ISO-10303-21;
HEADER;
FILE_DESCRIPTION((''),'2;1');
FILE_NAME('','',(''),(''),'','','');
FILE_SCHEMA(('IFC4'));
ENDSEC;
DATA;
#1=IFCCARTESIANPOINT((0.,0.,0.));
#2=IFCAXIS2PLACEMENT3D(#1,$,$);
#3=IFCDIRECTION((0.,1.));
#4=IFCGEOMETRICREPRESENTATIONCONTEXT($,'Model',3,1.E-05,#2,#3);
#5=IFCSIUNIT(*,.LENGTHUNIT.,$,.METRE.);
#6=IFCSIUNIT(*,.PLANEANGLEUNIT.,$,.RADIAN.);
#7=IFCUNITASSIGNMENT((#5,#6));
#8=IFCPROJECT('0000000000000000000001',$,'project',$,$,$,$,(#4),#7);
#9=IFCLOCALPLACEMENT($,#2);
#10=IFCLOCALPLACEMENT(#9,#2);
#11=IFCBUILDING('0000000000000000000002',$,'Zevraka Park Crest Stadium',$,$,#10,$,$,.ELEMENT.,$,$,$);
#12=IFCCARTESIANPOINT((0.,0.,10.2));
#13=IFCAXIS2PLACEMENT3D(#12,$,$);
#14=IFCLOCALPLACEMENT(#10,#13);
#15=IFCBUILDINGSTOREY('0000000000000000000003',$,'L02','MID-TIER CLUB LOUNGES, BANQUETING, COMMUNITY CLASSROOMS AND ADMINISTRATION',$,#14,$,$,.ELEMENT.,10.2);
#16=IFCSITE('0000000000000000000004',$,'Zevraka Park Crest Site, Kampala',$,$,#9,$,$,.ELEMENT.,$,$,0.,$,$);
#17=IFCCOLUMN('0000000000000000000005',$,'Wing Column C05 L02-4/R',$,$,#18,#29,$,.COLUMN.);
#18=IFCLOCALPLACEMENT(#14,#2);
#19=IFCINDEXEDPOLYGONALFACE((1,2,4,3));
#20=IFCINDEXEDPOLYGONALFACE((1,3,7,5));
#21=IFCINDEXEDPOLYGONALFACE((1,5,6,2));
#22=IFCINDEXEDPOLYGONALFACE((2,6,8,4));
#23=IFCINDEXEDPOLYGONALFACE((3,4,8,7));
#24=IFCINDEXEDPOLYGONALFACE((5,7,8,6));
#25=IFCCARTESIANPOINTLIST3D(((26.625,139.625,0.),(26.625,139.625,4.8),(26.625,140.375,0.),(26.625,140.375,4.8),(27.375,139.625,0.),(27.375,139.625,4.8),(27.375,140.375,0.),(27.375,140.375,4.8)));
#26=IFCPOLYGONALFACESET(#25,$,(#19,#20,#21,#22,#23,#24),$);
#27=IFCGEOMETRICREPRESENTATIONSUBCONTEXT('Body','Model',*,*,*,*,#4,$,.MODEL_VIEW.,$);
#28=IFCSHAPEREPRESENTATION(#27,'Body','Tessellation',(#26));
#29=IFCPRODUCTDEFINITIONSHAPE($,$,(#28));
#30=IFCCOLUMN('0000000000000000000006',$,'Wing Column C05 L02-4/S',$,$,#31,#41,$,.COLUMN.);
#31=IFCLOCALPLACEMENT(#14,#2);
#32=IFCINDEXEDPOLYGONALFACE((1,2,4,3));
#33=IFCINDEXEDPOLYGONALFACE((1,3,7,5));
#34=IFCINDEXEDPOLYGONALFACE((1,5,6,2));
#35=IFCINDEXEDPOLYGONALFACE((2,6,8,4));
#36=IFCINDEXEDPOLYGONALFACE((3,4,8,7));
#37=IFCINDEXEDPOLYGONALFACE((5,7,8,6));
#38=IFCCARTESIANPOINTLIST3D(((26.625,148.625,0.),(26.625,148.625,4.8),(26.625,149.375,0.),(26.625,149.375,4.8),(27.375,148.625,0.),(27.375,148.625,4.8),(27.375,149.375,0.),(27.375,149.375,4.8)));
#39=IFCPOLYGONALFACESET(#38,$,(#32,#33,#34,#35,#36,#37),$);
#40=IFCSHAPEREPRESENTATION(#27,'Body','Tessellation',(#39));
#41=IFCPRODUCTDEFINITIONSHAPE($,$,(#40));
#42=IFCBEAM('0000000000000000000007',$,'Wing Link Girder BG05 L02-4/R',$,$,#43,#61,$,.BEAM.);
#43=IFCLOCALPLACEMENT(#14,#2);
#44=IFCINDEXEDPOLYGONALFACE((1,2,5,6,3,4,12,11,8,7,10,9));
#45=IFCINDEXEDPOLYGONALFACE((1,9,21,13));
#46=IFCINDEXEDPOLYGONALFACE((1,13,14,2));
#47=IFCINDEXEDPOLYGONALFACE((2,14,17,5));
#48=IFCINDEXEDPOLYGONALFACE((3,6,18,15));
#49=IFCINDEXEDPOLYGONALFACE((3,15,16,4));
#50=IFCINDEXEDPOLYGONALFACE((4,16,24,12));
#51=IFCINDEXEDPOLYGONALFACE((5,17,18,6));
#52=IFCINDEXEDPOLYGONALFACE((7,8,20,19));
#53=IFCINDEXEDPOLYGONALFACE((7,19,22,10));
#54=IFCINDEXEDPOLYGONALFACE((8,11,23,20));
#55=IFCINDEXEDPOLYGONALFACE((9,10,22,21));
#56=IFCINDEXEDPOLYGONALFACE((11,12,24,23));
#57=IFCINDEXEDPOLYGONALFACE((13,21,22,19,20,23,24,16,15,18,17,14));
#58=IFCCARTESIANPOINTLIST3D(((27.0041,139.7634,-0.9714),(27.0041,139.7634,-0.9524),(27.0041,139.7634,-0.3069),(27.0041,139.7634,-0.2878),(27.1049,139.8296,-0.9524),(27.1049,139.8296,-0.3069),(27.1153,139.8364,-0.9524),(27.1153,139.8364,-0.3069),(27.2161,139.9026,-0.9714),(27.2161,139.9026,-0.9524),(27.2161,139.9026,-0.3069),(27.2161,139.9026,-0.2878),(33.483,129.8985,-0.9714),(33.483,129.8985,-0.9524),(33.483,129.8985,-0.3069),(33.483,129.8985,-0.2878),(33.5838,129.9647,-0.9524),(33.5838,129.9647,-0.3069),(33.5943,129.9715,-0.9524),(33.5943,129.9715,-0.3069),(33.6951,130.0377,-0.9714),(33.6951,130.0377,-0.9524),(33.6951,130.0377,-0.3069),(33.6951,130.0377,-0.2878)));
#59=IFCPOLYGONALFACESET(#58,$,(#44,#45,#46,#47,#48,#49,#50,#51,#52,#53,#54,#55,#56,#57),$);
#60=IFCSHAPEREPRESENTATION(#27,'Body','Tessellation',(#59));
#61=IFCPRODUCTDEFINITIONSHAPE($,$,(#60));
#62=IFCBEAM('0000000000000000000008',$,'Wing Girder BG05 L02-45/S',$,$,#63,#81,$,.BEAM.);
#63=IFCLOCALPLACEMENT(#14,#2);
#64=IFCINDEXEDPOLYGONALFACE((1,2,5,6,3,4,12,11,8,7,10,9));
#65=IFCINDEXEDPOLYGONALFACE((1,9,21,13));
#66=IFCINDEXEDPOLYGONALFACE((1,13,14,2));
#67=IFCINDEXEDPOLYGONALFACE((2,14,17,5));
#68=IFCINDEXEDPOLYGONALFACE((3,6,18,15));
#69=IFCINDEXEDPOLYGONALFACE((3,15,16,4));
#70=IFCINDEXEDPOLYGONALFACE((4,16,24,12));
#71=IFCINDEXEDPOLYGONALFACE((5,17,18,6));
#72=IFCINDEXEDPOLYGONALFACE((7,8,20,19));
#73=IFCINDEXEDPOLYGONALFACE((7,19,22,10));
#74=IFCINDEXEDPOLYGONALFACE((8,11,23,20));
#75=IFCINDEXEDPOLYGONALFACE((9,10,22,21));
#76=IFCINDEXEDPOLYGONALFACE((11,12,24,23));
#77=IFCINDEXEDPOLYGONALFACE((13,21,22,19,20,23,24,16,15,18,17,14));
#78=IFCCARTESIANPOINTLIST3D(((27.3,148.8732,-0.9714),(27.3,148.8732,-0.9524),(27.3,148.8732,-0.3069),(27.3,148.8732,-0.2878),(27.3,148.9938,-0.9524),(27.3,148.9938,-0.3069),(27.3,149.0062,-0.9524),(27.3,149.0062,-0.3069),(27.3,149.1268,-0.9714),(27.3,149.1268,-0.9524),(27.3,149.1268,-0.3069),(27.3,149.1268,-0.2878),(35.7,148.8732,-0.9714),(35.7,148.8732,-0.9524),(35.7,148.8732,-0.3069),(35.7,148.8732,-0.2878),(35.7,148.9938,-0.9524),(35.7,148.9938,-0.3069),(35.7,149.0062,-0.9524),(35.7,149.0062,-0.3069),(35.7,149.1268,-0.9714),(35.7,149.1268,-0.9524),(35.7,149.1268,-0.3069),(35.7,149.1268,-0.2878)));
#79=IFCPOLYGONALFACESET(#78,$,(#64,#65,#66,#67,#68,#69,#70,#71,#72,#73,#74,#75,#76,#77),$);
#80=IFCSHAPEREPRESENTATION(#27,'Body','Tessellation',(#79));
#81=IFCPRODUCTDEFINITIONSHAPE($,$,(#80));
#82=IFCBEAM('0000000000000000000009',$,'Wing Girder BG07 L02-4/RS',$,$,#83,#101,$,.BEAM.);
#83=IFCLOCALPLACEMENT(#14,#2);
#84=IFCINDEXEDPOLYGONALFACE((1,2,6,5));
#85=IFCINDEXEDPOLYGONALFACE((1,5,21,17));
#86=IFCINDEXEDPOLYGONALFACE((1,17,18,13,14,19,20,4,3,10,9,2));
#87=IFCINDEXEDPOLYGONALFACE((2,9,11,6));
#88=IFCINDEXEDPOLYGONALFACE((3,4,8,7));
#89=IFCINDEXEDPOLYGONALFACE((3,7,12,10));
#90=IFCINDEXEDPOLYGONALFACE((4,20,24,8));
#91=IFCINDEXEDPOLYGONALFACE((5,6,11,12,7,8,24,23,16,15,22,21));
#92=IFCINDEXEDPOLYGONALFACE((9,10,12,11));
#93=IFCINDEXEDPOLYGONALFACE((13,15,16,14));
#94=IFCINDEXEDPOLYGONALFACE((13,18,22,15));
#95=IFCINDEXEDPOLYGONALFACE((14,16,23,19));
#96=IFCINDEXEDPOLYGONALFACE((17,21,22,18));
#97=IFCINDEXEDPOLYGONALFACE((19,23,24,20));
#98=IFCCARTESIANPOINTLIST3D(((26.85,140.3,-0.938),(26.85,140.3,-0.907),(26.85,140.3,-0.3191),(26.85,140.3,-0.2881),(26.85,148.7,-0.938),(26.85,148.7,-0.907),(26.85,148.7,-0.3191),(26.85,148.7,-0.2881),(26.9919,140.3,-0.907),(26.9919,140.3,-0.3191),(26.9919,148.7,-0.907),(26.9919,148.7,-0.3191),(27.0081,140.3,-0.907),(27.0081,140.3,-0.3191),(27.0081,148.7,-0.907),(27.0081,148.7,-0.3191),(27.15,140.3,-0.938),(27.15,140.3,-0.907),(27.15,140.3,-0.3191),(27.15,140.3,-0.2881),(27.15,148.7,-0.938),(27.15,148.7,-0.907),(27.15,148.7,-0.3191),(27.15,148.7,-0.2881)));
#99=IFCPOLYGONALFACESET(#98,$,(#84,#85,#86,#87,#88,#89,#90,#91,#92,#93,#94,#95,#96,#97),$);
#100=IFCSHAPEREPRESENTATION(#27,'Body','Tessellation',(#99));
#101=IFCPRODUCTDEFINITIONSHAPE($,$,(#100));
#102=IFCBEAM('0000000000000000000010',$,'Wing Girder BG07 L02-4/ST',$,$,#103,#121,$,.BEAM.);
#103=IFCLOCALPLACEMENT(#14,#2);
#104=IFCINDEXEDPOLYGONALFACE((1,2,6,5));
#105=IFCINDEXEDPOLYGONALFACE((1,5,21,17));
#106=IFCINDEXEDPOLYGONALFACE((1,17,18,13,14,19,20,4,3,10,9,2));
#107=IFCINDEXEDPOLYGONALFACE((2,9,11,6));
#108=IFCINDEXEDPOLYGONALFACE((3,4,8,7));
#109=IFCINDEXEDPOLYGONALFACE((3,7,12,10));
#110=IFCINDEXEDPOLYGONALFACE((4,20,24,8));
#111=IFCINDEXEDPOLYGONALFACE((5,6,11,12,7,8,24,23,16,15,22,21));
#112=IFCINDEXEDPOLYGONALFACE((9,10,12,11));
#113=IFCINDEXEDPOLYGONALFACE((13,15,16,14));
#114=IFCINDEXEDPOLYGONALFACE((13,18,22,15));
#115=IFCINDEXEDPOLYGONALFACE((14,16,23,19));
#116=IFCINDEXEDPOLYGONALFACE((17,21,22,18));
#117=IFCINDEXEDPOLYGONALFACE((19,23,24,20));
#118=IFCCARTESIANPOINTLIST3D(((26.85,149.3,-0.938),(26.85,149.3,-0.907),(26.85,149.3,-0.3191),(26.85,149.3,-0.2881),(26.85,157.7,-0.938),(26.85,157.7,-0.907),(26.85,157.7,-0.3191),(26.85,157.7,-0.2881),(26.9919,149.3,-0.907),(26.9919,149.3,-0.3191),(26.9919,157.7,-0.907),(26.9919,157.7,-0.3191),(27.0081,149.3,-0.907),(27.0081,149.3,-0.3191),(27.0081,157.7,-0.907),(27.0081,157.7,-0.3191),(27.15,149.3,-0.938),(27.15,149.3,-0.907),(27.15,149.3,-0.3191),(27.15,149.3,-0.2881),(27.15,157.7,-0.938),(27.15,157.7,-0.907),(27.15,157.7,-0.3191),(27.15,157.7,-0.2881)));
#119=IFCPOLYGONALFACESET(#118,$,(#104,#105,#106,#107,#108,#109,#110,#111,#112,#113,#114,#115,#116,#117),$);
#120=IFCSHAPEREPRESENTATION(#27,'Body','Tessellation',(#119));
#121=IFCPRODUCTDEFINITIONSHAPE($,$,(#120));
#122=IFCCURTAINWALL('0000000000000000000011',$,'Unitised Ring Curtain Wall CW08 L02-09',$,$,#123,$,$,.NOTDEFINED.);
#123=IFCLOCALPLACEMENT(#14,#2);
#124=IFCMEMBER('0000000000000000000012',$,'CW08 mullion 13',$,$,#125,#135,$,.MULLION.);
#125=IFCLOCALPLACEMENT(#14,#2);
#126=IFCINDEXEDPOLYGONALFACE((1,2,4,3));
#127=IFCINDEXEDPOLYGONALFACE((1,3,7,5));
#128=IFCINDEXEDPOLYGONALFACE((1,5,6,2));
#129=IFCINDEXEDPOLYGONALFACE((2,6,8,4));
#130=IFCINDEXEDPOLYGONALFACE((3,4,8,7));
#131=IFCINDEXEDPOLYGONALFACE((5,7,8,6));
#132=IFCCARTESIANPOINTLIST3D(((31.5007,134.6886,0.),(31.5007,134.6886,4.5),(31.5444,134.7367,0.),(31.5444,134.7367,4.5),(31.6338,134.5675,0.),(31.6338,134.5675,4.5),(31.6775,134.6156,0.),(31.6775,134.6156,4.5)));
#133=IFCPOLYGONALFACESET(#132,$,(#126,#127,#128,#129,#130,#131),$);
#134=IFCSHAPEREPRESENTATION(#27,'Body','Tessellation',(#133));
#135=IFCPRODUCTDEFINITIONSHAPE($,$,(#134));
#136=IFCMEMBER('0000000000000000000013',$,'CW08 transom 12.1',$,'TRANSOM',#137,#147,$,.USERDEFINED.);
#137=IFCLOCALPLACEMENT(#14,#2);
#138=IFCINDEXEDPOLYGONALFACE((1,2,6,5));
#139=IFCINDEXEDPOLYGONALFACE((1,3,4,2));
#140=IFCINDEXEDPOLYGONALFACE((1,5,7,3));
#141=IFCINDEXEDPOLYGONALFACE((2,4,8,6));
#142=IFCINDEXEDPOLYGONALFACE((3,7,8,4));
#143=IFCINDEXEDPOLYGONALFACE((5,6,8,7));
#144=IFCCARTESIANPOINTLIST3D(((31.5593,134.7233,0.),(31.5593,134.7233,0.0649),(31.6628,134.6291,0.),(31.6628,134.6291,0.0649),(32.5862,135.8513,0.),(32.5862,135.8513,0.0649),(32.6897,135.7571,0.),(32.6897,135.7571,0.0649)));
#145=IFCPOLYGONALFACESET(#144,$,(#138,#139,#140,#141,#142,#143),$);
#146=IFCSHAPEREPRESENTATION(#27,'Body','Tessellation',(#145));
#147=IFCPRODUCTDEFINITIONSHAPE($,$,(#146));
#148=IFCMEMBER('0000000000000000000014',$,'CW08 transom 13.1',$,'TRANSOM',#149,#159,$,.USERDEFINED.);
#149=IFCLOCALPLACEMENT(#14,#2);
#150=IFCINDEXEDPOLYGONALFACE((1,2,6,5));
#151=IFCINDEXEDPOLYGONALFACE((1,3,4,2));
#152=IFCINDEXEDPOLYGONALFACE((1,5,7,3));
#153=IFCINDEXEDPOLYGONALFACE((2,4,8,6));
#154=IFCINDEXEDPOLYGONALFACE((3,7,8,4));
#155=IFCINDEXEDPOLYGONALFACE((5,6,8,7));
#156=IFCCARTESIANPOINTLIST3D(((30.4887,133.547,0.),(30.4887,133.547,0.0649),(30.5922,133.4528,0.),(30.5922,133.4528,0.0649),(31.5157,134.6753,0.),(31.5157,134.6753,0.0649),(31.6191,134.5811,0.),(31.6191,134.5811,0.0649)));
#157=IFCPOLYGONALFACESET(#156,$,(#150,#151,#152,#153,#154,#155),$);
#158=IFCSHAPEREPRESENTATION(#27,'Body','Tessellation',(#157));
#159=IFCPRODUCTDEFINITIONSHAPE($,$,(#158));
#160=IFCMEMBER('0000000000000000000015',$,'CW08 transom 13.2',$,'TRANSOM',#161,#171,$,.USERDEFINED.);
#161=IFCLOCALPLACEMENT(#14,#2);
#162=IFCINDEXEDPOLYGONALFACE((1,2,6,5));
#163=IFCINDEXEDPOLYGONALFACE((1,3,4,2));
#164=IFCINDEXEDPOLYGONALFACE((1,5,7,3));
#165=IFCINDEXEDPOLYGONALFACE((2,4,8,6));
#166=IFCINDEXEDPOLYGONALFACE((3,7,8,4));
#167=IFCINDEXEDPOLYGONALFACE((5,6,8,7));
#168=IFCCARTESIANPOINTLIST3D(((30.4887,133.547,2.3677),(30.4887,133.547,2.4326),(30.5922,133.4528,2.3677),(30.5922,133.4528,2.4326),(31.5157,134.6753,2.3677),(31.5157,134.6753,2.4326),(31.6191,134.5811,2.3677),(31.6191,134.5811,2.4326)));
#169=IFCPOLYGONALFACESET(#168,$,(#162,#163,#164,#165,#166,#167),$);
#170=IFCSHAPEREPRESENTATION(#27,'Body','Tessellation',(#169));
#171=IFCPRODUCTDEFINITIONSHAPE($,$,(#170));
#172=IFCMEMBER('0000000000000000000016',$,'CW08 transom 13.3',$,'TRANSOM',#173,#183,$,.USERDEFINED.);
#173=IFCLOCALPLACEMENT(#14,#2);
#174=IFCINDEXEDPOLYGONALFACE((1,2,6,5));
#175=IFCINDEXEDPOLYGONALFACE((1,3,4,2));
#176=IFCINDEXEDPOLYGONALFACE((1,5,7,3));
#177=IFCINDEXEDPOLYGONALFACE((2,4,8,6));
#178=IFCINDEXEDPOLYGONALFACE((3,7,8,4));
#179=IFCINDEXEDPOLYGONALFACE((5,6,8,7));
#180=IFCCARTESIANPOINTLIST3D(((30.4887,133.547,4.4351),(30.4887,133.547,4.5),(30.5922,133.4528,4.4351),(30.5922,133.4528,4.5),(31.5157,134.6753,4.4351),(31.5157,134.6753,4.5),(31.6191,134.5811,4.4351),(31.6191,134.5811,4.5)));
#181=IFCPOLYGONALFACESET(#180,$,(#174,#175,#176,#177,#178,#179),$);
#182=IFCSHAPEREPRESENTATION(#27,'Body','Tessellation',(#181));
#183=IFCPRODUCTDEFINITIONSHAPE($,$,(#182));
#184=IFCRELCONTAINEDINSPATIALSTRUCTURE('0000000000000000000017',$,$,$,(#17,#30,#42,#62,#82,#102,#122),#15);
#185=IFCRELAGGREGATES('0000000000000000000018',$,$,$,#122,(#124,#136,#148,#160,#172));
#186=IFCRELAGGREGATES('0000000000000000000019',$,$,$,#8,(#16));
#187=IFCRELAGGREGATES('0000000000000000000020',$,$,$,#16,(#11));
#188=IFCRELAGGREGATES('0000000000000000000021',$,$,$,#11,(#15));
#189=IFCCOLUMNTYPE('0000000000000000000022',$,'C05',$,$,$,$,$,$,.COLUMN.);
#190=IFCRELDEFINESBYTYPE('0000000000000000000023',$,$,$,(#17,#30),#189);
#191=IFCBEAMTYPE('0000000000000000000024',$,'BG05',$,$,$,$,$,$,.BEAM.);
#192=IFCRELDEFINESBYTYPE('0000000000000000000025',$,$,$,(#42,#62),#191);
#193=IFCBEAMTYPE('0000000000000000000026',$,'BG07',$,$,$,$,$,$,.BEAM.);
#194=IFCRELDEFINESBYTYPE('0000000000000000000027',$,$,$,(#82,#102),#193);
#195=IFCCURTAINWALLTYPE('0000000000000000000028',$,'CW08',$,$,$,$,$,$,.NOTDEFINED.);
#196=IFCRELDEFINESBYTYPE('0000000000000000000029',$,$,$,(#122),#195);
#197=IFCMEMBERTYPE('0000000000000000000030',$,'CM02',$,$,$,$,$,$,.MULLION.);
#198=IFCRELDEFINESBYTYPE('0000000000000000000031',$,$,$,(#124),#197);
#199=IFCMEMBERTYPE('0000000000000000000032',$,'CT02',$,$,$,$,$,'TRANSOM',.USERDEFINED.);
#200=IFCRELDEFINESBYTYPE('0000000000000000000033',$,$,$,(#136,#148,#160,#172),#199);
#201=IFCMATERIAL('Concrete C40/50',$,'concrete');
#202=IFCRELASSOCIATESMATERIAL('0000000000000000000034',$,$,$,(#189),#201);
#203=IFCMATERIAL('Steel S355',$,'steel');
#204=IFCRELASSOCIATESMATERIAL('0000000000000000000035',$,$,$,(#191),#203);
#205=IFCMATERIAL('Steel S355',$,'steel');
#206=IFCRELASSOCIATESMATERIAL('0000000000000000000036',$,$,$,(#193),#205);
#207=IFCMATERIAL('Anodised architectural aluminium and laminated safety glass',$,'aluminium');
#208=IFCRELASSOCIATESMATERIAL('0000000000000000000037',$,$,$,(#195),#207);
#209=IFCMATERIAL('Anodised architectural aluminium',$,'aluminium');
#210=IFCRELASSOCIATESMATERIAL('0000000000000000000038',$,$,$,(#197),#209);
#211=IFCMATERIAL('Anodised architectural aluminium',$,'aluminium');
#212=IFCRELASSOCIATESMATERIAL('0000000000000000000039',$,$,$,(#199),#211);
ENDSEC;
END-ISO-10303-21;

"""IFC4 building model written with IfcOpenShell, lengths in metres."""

from ifc_helpers import new_model, si_unit, direction, frame, origin, origin_2d, place, context, subcontext, project, spatial, rectangle, i_section, extrude, material, material_profile, profile_set, type_object, element, aggregate, save


model = new_model("IFC4")

# Units and contexts
model_context = context("Model", 3, precision=1e-05, world=origin(), true_north=direction((0.0, 1.0)))
body_context = subcontext(model_context, "Body", "Model", "MODEL_VIEW")
ifc_project = project(units=[si_unit("LENGTHUNIT", "METRE"), si_unit("PLANEANGLEUNIT", "RADIAN")], contexts=[model_context])

# Site, building, storey
site_placement = place(None, origin())
site = spatial("IfcSite", under=ifc_project, at=site_placement, Name="Zevraka Park Crest Site, Kampala", CompositionType="ELEMENT", RefElevation=0.0)
building_placement = place(site_placement, origin())
building = spatial("IfcBuilding", under=site, at=building_placement, Name="Zevraka Park Crest Stadium", CompositionType="ELEMENT")
storey_placement = place(building_placement, frame((0.0, 0.0, 10.2)))
storey = spatial("IfcBuildingStorey", under=building, at=storey_placement, Name="L02", Description="MID-TIER CLUB LOUNGES, BANQUETING, COMMUNITY CLASSROOMS AND ADMINISTRATION", CompositionType="ELEMENT", Elevation=10.2)

# Columns
ifc_material_1 = material(Name="Concrete C40/50", Category="concrete")
ifc_material_profile_1 = material_profile(ifc_material_1, rectangle(XDim=0.75, YDim=0.75, at=origin_2d()), Name="RC 750x750")
ifc_profile_set_1 = profile_set([ifc_material_profile_1], Name="Concrete C40/50")
column_type = type_object("IfcColumnType", Name="C05", PredefinedType="COLUMN", material=ifc_profile_set_1)
for number, where, z_axis, x_axis, name in (
    (1, (27.0, 140.0, 0.0), (0.0, 0.0, 1.0), (1.0, 0.0, 0.0), "Wing Column C05 L02-4/R"),
    (2, (27.0, 149.0, 0.0), (0.0, 0.0, 1.0), (1.0, 0.0, 0.0), "Wing Column C05 L02-4/S"),
):
    element("IfcColumn", number, at=place(storey_placement, frame(where, z_axis=z_axis, x_axis=x_axis)), inside=storey, type_object=column_type, Name=name, PredefinedType="COLUMN", context=body_context, shape_type="SweptSolid", body=[
        extrude(rectangle(XDim=0.75, YDim=0.75, at=origin_2d()), origin(), (0.0, 0.0, 1.0), 4.8),
    ])

# Beams
ifc_material_2 = material(Name="Steel S355", Category="steel")
ifc_material_profile_2 = material_profile(ifc_material_2, i_section(OverallWidth=0.2537, OverallDepth=0.6836, WebThickness=0.0125, FlangeThickness=0.019, at=origin_2d()), Name="UKB 686x254x140")
ifc_profile_set_2 = profile_set([ifc_material_profile_2], Name="Steel S355")
beam_type_1 = type_object("IfcBeamType", Name="BG05", PredefinedType="BEAM", material=ifc_profile_set_2)
beam_1_placement = place(storey_placement, frame((27.1101, 139.833, -0.6296), z_axis=(0.548959, -0.835849, 0.0), x_axis=(0.835849, 0.548959, 0.0)))
element("IfcBeam", 3, at=beam_1_placement, inside=storey, type_object=beam_type_1, Name="Wing Link Girder BG05 L02-4/R", PredefinedType="BEAM", context=body_context, shape_type="SweptSolid", body=[
    extrude(i_section(OverallWidth=0.2537, OverallDepth=0.6836, WebThickness=0.0125, FlangeThickness=0.019, at=origin_2d()), origin(), (0.0, 0.0, 1.0), 11.8022),
])
beam_2_placement = place(storey_placement, frame((27.3, 149.0, -0.6296), z_axis=(1.0, 0.0, 0.0), x_axis=(0.0, 1.0, 0.0)))
element("IfcBeam", 4, at=beam_2_placement, inside=storey, type_object=beam_type_1, Name="Wing Girder BG05 L02-45/S", PredefinedType="BEAM", context=body_context, shape_type="SweptSolid", body=[
    extrude(i_section(OverallWidth=0.2537, OverallDepth=0.6836, WebThickness=0.0125, FlangeThickness=0.019, at=origin_2d()), origin(), (0.0, 0.0, 1.0), 8.3999),
])
ifc_material_3 = material(Name="Steel S355", Category="steel")
ifc_material_profile_3 = material_profile(ifc_material_3, i_section(OverallWidth=0.3, OverallDepth=0.6499, WebThickness=0.0161, FlangeThickness=0.031, at=origin_2d()), Name="HEB 650")
ifc_profile_set_3 = profile_set([ifc_material_profile_3], Name="Steel S355")
beam_type_2 = type_object("IfcBeamType", Name="BG07", PredefinedType="BEAM", material=ifc_profile_set_3)
for number, where, z_axis, x_axis, name in (
    (5, (27.0, 140.3, -0.613), (0.0, 1.0, 0.0), (-1.0, 0.0, 0.0), "Wing Girder BG07 L02-4/RS"),
    (6, (27.0, 149.3, -0.613), (0.0, 1.0, 0.0), (-1.0, 0.0, 0.0), "Wing Girder BG07 L02-4/ST"),
):
    element("IfcBeam", number, at=place(storey_placement, frame(where, z_axis=z_axis, x_axis=x_axis)), inside=storey, type_object=beam_type_2, Name=name, PredefinedType="BEAM", context=body_context, shape_type="SweptSolid", body=[
        extrude(i_section(OverallWidth=0.3, OverallDepth=0.6499, WebThickness=0.0161, FlangeThickness=0.031, at=origin_2d()), origin(), (0.0, 0.0, 1.0), 8.3999),
    ])

# Curtain wall, members
ifc_material_4 = material(Name="Anodised architectural aluminium and laminated safety glass", Category="aluminium")
curtain_wall_type = type_object("IfcCurtainWallType", Name="CW08", PredefinedType="NOTDEFINED", material=ifc_material_4)
curtain_wall_placement = place(storey_placement, origin())
curtain_wall = element("IfcCurtainWall", 7, at=curtain_wall_placement, inside=storey, type_object=curtain_wall_type, Name="Unitised Ring Curtain Wall CW08 L02-09", PredefinedType="NOTDEFINED")
ifc_material_5 = material(Name="Anodised architectural aluminium", Category="aluminium")
ifc_material_profile_4 = material_profile(ifc_material_5, rectangle(XDim=0.1799, YDim=0.0649, at=origin_2d()), Name="ALU MULLION 180x65")
ifc_profile_set_4 = profile_set([ifc_material_profile_4], Name="Anodised architectural aluminium")
member_type_1 = type_object("IfcMemberType", Name="CM02", PredefinedType="MULLION", material=ifc_profile_set_4)
member_1_placement = place(storey_placement, frame((31.5891, 134.6521, 0.0), z_axis=(0.0, 0.0, 1.0), x_axis=(0.739497, -0.67316, 0.0)))
member_1 = element("IfcMember", 8, at=member_1_placement, type_object=member_type_1, Name="CW08 mullion 13", PredefinedType="MULLION", context=body_context, shape_type="SweptSolid", body=[
    extrude(rectangle(XDim=0.1799, YDim=0.0649, at=origin_2d()), origin(), (0.0, 0.0, 1.0), 4.5),
])
ifc_material_6 = material(Name="Anodised architectural aluminium", Category="aluminium")
ifc_material_profile_5 = material_profile(ifc_material_6, rectangle(XDim=0.1399, YDim=0.0649, at=origin_2d()), Name="ALU TRANSOM 140x65")
ifc_profile_set_5 = profile_set([ifc_material_profile_5], Name="Anodised architectural aluminium")
member_type_2 = type_object("IfcMemberType", Name="CT02", ElementType="TRANSOM", PredefinedType="USERDEFINED", material=ifc_profile_set_5)
member_2_placement = place(storey_placement, frame((32.6379, 135.8042, 0.0325), z_axis=(-0.673198, -0.739462, 0.0), x_axis=(0.739462, -0.673198, 0.0)))
member_2 = element("IfcMember", 9, at=member_2_placement, type_object=member_type_2, Name="CW08 transom 12.1", ObjectType="TRANSOM", PredefinedType="USERDEFINED", context=body_context, shape_type="SweptSolid", body=[
    extrude(rectangle(XDim=0.1399, YDim=0.0649, at=origin_2d()), origin(), (0.0, 0.0, 1.0), 1.5254),
])
member_3_placement = place(storey_placement, frame((31.5674, 134.6282, 0.0325), z_axis=(-0.673119, -0.739534, 0.0), x_axis=(0.739534, -0.673119, 0.0)))
member_3 = element("IfcMember", 10, at=member_3_placement, type_object=member_type_2, Name="CW08 transom 13.1", ObjectType="TRANSOM", PredefinedType="USERDEFINED", context=body_context, shape_type="SweptSolid", body=[
    extrude(rectangle(XDim=0.1399, YDim=0.0649, at=origin_2d()), origin(), (0.0, 0.0, 1.0), 1.5256),
])
member_4_placement = place(storey_placement, frame((31.5674, 134.6282, 2.4001), z_axis=(-0.673119, -0.739534, 0.0), x_axis=(0.739534, -0.673119, 0.0)))
member_4 = element("IfcMember", 11, at=member_4_placement, type_object=member_type_2, Name="CW08 transom 13.2", ObjectType="TRANSOM", PredefinedType="USERDEFINED", context=body_context, shape_type="SweptSolid", body=[
    extrude(rectangle(XDim=0.1399, YDim=0.0649, at=origin_2d()), origin(), (0.0, 0.0, 1.0), 1.5256),
])
member_5_placement = place(storey_placement, frame((31.5674, 134.6282, 4.4675), z_axis=(-0.673119, -0.739534, 0.0), x_axis=(0.739534, -0.673119, 0.0)))
member_5 = element("IfcMember", 12, at=member_5_placement, type_object=member_type_2, Name="CW08 transom 13.3", ObjectType="TRANSOM", PredefinedType="USERDEFINED", context=body_context, shape_type="SweptSolid", body=[
    extrude(rectangle(XDim=0.1399, YDim=0.0649, at=origin_2d()), origin(), (0.0, 0.0, 1.0), 1.5256),
])
aggregate(curtain_wall, [member_1, member_2, member_3, member_4, member_5])

save(model, "model.ifc")
